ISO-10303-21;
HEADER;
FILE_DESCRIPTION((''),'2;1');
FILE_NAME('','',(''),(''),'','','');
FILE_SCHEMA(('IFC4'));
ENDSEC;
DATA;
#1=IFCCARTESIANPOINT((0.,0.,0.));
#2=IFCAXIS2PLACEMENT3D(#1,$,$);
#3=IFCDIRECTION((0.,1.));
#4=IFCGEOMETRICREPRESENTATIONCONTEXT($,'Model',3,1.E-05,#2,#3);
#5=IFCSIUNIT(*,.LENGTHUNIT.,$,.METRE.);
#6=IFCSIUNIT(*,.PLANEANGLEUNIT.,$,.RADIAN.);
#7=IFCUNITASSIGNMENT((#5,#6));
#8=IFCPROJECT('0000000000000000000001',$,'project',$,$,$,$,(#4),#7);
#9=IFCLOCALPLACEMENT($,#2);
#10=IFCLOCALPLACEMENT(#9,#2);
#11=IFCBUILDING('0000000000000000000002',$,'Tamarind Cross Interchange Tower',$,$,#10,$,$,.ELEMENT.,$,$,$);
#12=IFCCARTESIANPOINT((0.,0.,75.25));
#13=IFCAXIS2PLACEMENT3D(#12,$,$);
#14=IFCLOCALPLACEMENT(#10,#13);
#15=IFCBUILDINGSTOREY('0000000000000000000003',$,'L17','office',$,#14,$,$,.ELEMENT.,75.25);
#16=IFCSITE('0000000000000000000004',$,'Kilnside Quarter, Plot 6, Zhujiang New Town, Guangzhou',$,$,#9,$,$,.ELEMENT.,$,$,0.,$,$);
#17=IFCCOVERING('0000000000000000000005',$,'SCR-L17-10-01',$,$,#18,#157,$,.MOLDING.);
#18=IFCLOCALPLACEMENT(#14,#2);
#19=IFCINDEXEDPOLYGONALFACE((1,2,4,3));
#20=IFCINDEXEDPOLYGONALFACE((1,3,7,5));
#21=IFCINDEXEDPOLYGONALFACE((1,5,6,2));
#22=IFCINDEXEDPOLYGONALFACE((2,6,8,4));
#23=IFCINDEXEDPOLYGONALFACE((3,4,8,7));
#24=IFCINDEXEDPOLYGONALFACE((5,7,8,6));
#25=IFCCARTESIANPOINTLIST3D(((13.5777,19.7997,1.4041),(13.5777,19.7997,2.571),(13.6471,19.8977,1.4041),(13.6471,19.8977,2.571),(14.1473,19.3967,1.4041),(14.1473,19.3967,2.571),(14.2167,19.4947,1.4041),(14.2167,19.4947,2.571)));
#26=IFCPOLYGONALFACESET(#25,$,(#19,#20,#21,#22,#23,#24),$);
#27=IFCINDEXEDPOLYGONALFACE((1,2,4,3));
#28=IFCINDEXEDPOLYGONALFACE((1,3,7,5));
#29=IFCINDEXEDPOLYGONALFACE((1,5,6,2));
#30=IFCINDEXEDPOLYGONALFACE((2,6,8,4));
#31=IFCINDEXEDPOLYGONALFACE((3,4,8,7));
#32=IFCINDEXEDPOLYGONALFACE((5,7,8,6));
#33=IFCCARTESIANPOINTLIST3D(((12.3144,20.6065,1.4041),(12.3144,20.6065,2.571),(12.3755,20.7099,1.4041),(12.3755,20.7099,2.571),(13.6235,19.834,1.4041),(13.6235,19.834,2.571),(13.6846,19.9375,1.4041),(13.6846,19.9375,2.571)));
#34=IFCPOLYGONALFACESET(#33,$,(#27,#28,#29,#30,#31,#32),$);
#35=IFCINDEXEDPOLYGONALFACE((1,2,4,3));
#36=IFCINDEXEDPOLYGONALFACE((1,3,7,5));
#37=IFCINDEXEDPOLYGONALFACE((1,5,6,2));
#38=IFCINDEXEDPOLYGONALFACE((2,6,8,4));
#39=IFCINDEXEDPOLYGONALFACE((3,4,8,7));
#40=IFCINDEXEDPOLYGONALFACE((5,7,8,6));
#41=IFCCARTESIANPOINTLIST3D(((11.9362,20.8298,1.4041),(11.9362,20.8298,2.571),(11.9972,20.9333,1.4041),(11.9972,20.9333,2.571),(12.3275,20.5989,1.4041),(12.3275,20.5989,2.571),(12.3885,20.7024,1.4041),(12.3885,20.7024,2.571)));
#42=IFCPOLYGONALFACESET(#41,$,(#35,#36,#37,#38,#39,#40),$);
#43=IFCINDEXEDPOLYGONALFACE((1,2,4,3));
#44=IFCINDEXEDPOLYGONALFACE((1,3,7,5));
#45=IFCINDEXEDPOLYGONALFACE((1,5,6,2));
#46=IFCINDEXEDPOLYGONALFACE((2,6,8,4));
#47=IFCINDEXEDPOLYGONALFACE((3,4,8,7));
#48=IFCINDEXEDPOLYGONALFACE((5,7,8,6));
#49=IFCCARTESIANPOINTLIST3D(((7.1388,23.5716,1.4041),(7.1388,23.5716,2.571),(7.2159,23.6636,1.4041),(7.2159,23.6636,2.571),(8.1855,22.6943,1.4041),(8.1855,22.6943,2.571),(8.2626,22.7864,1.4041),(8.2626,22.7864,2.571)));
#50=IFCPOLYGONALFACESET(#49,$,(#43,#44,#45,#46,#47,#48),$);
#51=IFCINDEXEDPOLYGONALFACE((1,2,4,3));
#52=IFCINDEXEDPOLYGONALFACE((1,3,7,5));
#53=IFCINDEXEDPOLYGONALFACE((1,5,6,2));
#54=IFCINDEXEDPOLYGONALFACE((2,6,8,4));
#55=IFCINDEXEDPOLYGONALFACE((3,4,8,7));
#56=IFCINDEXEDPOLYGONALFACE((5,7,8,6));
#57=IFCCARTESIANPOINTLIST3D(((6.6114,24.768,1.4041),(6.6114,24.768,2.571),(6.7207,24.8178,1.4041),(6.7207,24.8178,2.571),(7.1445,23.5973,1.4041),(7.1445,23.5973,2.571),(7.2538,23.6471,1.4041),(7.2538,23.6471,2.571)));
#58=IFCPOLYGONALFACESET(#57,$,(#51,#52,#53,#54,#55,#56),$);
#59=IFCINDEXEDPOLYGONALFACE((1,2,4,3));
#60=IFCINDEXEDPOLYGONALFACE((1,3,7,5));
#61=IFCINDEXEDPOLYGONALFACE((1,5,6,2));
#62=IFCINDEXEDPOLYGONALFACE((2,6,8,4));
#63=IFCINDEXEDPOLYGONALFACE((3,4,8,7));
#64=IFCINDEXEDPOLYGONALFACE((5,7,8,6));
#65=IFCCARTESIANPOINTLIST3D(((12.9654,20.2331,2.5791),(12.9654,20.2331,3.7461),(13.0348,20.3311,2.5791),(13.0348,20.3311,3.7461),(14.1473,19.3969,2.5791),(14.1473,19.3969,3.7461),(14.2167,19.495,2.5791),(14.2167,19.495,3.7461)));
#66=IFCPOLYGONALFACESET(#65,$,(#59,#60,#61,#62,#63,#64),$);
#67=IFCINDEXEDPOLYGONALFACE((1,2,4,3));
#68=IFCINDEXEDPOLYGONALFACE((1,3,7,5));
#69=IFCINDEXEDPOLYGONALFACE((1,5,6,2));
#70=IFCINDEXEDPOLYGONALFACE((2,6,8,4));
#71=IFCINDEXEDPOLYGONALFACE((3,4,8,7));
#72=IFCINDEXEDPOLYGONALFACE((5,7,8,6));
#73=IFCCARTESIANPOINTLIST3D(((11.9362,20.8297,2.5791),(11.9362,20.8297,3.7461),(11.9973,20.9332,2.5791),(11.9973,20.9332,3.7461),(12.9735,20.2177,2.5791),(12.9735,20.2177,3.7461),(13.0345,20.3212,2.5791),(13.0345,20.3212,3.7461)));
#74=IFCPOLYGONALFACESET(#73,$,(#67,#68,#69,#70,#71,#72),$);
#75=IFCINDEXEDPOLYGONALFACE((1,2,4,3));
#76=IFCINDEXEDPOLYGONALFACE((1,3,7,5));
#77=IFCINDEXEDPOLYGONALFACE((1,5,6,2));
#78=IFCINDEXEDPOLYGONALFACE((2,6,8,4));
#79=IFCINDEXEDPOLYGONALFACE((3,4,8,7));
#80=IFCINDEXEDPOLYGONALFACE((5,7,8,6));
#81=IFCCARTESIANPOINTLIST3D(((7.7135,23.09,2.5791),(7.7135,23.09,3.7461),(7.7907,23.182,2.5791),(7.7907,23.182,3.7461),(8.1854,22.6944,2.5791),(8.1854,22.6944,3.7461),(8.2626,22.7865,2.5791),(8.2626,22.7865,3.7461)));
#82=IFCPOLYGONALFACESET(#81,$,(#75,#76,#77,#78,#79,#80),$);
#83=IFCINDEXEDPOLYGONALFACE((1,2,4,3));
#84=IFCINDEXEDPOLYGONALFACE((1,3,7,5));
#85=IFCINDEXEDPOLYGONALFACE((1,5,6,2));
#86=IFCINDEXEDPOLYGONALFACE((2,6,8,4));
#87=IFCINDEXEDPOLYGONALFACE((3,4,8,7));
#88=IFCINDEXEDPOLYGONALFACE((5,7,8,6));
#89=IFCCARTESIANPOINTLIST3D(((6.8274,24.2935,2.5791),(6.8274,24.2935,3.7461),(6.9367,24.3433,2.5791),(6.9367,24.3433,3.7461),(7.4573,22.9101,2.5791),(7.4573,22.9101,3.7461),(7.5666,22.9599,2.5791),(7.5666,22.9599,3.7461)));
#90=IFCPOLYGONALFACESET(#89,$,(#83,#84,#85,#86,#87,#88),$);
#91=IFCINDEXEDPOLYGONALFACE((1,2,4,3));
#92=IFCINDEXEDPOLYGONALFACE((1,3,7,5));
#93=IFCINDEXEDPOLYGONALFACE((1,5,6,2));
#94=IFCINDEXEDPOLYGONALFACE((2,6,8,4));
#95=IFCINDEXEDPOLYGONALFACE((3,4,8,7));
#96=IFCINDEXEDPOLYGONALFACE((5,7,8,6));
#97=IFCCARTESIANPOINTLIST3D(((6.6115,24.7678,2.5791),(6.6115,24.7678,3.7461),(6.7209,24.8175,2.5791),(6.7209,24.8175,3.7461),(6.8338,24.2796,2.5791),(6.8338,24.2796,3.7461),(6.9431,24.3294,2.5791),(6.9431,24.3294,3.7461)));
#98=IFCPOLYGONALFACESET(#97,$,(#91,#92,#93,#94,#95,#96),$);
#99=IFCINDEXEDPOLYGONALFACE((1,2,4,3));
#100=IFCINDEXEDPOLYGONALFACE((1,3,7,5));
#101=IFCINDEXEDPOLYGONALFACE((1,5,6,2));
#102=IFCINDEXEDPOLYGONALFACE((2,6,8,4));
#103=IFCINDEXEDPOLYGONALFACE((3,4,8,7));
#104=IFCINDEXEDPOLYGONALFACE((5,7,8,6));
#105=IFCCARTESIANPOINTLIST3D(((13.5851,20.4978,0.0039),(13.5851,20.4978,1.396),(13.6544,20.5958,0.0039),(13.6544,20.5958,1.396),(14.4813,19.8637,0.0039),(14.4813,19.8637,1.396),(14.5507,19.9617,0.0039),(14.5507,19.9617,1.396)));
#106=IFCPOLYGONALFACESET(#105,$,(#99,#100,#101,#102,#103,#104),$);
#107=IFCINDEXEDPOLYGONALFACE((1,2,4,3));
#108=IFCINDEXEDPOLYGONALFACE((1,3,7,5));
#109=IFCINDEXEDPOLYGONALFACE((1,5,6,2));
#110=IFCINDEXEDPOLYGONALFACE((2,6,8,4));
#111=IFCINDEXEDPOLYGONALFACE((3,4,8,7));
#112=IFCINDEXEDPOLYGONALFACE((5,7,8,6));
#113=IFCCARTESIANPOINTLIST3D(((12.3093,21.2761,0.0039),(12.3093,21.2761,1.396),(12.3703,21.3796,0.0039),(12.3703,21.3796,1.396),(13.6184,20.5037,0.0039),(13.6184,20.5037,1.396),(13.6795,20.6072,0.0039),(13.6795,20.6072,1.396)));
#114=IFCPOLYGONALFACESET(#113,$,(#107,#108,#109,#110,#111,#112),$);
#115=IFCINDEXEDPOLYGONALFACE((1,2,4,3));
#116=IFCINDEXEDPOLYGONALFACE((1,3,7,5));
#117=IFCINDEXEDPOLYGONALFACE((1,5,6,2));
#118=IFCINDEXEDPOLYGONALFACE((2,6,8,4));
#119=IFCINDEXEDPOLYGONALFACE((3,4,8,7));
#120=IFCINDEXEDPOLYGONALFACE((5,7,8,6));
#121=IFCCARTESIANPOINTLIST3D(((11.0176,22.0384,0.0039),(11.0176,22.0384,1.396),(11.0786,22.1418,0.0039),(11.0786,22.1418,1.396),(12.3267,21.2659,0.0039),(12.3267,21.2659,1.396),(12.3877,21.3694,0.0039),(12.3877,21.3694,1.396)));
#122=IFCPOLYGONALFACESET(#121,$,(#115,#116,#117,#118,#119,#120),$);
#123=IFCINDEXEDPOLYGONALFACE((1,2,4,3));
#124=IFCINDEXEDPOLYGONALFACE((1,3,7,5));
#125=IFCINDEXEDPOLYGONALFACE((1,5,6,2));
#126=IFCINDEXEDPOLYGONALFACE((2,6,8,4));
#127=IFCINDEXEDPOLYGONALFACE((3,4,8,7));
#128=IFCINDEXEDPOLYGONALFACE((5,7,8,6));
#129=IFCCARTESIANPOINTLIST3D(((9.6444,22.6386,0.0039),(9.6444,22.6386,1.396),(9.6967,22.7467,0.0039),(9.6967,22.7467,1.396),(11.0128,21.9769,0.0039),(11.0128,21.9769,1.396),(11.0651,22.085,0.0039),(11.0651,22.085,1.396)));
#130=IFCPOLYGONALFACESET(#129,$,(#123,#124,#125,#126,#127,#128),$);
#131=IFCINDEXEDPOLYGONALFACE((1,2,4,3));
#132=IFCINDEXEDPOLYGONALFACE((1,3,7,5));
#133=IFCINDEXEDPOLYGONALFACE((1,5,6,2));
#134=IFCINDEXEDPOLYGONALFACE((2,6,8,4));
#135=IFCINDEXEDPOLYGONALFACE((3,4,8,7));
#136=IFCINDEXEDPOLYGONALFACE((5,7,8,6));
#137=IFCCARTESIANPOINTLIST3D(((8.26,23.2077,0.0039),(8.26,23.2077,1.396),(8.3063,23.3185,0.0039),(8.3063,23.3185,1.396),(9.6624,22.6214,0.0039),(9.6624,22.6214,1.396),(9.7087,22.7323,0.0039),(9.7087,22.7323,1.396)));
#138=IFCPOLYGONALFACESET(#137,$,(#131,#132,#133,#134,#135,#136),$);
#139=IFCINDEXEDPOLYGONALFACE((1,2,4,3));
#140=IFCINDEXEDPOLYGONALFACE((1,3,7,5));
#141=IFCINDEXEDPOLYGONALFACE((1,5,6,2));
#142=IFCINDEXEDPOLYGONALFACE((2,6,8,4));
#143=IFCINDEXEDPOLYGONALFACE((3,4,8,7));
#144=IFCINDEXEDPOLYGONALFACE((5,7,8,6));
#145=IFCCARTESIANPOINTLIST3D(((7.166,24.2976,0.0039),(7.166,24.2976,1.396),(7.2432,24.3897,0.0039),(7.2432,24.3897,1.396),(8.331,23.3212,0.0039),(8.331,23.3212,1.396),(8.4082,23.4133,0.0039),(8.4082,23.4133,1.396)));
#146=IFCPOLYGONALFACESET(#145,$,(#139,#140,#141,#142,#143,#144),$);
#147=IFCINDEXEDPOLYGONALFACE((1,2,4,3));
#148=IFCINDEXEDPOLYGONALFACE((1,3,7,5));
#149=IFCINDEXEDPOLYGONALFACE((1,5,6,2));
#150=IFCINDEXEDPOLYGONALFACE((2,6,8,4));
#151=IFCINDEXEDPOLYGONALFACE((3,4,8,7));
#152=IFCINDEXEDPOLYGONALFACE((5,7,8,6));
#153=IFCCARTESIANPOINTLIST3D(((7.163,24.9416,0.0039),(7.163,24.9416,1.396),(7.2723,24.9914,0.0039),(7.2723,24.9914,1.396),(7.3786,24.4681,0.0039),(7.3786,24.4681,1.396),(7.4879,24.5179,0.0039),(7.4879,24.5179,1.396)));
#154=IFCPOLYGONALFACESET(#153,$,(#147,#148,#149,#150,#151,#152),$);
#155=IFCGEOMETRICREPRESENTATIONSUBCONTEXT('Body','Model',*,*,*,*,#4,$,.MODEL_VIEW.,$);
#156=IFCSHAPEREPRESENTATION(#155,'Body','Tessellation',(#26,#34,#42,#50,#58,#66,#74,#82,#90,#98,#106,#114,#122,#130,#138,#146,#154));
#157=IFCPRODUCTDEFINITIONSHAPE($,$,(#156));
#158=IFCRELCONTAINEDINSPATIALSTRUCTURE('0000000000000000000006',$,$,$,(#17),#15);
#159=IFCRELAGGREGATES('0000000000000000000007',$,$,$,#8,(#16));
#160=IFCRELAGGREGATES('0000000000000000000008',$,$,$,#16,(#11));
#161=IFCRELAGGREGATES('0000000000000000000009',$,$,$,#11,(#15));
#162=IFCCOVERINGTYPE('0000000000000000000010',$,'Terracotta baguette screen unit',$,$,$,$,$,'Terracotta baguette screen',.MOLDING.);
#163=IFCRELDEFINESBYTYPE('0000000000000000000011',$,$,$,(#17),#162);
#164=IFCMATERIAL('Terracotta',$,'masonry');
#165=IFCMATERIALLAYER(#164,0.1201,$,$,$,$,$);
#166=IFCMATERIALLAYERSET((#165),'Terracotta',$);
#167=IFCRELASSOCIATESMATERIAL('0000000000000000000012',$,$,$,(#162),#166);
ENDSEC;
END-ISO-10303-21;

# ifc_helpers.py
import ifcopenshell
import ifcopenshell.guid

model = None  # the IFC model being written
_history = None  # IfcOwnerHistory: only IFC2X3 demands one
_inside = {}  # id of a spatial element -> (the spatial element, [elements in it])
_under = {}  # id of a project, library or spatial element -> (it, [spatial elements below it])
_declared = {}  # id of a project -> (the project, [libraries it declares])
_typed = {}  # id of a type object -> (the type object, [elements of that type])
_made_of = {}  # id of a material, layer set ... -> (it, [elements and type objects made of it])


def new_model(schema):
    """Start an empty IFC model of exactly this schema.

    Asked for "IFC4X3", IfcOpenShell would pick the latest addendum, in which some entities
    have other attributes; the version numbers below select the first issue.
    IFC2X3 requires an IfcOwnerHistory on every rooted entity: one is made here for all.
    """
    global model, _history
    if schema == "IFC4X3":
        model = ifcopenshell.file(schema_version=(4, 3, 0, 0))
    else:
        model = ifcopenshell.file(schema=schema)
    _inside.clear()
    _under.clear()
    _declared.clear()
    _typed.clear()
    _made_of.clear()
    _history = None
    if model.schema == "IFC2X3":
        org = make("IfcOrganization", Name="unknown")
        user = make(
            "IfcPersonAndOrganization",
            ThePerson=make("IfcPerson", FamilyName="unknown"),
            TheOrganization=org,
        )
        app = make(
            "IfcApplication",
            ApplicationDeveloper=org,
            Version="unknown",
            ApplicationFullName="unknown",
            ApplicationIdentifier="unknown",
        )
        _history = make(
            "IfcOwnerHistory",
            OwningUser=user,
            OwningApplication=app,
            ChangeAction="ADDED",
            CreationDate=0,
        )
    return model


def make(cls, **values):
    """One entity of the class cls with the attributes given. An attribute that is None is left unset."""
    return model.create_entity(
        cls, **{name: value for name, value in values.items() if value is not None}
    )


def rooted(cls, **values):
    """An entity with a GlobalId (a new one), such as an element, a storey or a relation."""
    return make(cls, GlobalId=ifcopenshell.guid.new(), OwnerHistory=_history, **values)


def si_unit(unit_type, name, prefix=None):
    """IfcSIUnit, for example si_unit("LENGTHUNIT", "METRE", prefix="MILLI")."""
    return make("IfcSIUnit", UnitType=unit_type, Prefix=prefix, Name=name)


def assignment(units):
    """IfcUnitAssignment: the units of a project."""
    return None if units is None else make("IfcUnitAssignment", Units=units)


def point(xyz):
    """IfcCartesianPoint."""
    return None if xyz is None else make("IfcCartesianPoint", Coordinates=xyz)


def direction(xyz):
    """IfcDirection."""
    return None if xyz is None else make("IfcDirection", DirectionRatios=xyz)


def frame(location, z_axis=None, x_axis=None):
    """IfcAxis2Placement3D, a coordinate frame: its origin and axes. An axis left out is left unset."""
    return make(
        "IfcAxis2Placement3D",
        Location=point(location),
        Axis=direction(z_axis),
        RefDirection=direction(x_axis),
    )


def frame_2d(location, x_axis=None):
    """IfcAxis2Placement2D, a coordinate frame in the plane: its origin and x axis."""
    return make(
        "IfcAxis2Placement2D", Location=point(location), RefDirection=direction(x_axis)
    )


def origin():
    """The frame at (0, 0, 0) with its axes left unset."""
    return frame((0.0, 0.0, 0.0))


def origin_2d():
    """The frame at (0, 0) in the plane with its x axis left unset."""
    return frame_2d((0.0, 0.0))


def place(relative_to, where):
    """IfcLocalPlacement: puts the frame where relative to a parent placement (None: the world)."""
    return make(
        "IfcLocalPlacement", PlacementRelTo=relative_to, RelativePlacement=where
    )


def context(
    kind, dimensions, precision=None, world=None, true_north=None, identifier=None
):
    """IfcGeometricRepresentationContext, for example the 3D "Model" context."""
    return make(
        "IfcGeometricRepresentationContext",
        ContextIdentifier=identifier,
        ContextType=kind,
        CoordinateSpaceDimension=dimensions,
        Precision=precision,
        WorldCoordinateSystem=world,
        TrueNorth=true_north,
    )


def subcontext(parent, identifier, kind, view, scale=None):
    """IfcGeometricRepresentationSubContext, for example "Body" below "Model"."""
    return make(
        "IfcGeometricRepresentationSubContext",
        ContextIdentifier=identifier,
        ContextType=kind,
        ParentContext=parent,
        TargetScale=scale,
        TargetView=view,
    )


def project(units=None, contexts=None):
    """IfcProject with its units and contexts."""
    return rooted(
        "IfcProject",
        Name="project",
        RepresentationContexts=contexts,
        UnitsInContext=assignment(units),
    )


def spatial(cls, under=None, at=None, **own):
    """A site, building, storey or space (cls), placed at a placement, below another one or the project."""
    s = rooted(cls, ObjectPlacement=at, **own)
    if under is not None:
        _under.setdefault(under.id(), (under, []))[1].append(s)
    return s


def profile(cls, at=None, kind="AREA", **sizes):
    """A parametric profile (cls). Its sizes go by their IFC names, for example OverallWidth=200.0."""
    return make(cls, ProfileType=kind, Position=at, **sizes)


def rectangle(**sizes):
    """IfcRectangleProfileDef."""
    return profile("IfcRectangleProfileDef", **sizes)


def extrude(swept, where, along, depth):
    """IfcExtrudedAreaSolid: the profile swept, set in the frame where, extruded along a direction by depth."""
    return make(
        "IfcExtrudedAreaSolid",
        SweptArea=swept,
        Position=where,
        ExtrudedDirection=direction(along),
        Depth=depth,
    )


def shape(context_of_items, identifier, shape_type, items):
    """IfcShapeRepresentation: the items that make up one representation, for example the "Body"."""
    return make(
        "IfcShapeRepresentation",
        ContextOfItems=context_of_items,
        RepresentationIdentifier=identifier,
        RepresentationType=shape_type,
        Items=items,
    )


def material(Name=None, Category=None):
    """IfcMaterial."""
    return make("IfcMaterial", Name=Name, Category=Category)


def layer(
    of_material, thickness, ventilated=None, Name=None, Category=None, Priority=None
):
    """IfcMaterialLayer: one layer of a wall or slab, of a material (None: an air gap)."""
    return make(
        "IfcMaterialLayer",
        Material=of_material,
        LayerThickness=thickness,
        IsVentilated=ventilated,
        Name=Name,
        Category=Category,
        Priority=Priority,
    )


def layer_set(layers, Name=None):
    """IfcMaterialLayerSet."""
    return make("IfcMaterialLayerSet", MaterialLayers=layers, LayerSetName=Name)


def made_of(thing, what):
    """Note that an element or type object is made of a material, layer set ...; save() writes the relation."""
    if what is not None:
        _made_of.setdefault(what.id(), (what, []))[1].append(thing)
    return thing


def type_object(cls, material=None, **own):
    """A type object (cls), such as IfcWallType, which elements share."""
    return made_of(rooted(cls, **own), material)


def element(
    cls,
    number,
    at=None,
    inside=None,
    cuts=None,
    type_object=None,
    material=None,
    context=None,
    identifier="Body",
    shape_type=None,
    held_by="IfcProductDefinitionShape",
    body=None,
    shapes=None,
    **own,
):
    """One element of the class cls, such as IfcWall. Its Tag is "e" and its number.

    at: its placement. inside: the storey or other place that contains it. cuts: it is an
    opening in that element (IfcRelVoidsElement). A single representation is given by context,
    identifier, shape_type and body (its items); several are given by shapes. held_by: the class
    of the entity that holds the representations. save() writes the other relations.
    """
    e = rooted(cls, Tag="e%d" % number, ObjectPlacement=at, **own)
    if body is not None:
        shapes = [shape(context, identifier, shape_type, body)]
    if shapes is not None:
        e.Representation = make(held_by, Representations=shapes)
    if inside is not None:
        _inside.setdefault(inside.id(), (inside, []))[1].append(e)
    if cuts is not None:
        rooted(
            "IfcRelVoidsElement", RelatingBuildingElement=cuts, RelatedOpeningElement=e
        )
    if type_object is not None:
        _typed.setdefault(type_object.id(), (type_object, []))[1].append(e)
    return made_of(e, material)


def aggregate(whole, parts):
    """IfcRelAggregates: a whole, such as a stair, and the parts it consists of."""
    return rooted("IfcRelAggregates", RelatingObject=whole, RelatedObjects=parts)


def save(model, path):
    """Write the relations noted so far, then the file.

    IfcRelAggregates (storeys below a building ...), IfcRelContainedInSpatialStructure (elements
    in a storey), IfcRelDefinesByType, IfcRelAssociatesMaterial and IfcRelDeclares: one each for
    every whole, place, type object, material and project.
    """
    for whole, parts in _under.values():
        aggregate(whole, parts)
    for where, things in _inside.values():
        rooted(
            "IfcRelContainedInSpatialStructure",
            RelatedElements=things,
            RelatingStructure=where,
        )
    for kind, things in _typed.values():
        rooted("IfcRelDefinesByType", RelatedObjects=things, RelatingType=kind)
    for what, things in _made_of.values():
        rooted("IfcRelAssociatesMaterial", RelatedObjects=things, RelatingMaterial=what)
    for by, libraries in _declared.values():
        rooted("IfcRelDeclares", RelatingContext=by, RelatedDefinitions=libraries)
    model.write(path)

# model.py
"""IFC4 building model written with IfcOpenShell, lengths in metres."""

from ifc_helpers import new_model, si_unit, direction, frame, origin, origin_2d, place, context, subcontext, project, spatial, rectangle, extrude, material, layer, layer_set, type_object, element, save


model = new_model("IFC4")

# Units and contexts
model_context = context("Model", 3, precision=1e-05, world=origin(), true_north=direction((0.0, 1.0)))
body_context = subcontext(model_context, "Body", "Model", "MODEL_VIEW")
ifc_project = project(units=[si_unit("LENGTHUNIT", "METRE"), si_unit("PLANEANGLEUNIT", "RADIAN")], contexts=[model_context])

# Site, building, storey
site_placement = place(None, origin())
site = spatial("IfcSite", under=ifc_project, at=site_placement, Name="Kilnside Quarter, Plot 6, Zhujiang New Town, Guangzhou", CompositionType="ELEMENT", RefElevation=0.0)
building_placement = place(site_placement, origin())
building = spatial("IfcBuilding", under=site, at=building_placement, Name="Tamarind Cross Interchange Tower", CompositionType="ELEMENT")
storey_placement = place(building_placement, frame((0.0, 0.0, 75.25)))
storey = spatial("IfcBuildingStorey", under=building, at=storey_placement, Name="L17", Description="office", CompositionType="ELEMENT", Elevation=75.25)

# Covering
ifc_material_1 = material(Name="Terracotta", Category="masonry")
ifc_layer_1 = layer(ifc_material_1, 0.1201)
ifc_layer_set_1 = layer_set([ifc_layer_1], Name="Terracotta")
covering_type = type_object("IfcCoveringType", Name="Terracotta baguette screen unit", ElementType="Terracotta baguette screen", PredefinedType="MOLDING", material=ifc_layer_set_1)
covering_1_placement = place(storey_placement, origin())
element("IfcCovering", 1, at=covering_1_placement, inside=storey, type_object=covering_type, Name="SCR-L17-10-01", PredefinedType="MOLDING", context=body_context, shape_type="SweptSolid", body=[
    extrude(rectangle(XDim=0.6978, YDim=0.1201, at=origin_2d()), frame((13.8972, 19.6472, 1.4041), z_axis=(0.0, 0.0, 1.0), x_axis=(-0.816342, 0.577569, 0.0)), (0.0, 0.0, 1.0), 1.167),
    extrude(rectangle(XDim=1.52, YDim=0.1201, at=origin_2d()), frame((12.9995, 20.272, 1.4041), z_axis=(0.0, 0.0, 1.0), x_axis=(-0.861249, 0.508183, 0.0)), (0.0, 0.0, 1.0), 1.167),
    extrude(rectangle(XDim=0.4543, YDim=0.1201, at=origin_2d()), frame((12.1624, 20.7661, 1.4041), z_axis=(0.0, 0.0, 1.0), x_axis=(-0.861249, 0.508183, 0.0)), (0.0, 0.0, 1.0), 1.167),
    extrude(rectangle(XDim=1.3657, YDim=0.1201, at=origin_2d()), frame((7.7007, 23.179, 1.4041), z_axis=(0.0, 0.0, 1.0), x_axis=(-0.766413, 0.642348, 0.0)), (0.0, 0.0, 1.0), 1.167),
    extrude(rectangle(XDim=1.2864, YDim=0.1201, at=origin_2d()), frame((6.9326, 24.2075, 1.4041), z_axis=(0.0, 0.0, 1.0), x_axis=(-0.414428, 0.910082, 0.0)), (0.0, 0.0, 1.0), 1.167),
    extrude(rectangle(XDim=1.4478, YDim=0.1201, at=origin_2d()), frame((13.5911, 19.864, 2.5791), z_axis=(0.0, 0.0, 1.0), x_axis=(-0.816342, 0.577569, 0.0)), (0.0, 0.0, 1.0), 1.167),
    extrude(rectangle(XDim=1.2043, YDim=0.1201, at=origin_2d()), frame((12.4854, 20.5754, 2.5791), z_axis=(0.0, 0.0, 1.0), x_axis=(-0.861249, 0.508183, 0.0)), (0.0, 0.0, 1.0), 1.167),
    extrude(rectangle(XDim=0.6157, YDim=0.1201, at=origin_2d()), frame((7.988, 22.9382, 2.5791), z_axis=(0.0, 0.0, 1.0), x_axis=(-0.766413, 0.642348, 0.0)), (0.0, 0.0, 1.0), 1.167),
    extrude(rectangle(XDim=1.52, YDim=0.1201, at=origin_2d()), frame((7.197, 23.6267, 2.5791), z_axis=(0.0, 0.0, 1.0), x_axis=(-0.414428, 0.910082, 0.0)), (0.0, 0.0, 1.0), 1.167),
    extrude(rectangle(XDim=0.5364, YDim=0.1201, at=origin_2d()), frame((6.7773, 24.5486, 2.5791), z_axis=(0.0, 0.0, 1.0), x_axis=(-0.414428, 0.910082, 0.0)), (0.0, 0.0, 1.0), 1.167),
    extrude(rectangle(XDim=1.0979, YDim=0.1201, at=origin_2d()), frame((14.0679, 20.2297, 0.0039), z_axis=(0.0, 0.0, 1.0), x_axis=(-0.816342, 0.577569, 0.0)), (0.0, 0.0, 1.0), 1.3921),
    extrude(rectangle(XDim=1.52, YDim=0.1201, at=origin_2d()), frame((12.9944, 20.9417, 0.0039), z_axis=(0.0, 0.0, 1.0), x_axis=(-0.861249, 0.508183, 0.0)), (0.0, 0.0, 1.0), 1.3921),
    extrude(rectangle(XDim=1.52, YDim=0.1201, at=origin_2d()), frame((11.7026, 21.7039, 0.0039), z_axis=(0.0, 0.0, 1.0), x_axis=(-0.861249, 0.508183, 0.0)), (0.0, 0.0, 1.0), 1.3921),
    extrude(rectangle(XDim=1.52, YDim=0.1201, at=origin_2d()), frame((10.3547, 22.3618, 0.0039), z_axis=(0.0, 0.0, 1.0), x_axis=(-0.900273, 0.435326, 0.0)), (0.0, 0.0, 1.0), 1.3921),
    extrude(rectangle(XDim=1.52, YDim=0.1201, at=origin_2d()), frame((8.9844, 22.97, 0.0039), z_axis=(0.0, 0.0, 1.0), x_axis=(-0.922627, 0.385694, 0.0)), (0.0, 0.0, 1.0), 1.3921),
    extrude(rectangle(XDim=1.52, YDim=0.1201, at=origin_2d()), frame((7.7871, 23.8555, 0.0039), z_axis=(0.0, 0.0, 1.0), x_axis=(-0.766413, 0.642348, 0.0)), (0.0, 0.0, 1.0), 1.3921),
    extrude(rectangle(XDim=0.5203, YDim=0.1201, at=origin_2d()), frame((7.3254, 24.7297, 0.0039), z_axis=(0.0, 0.0, 1.0), x_axis=(-0.414428, 0.910082, 0.0)), (0.0, 0.0, 1.0), 1.3921),
])

save(model, "model.ifc")
